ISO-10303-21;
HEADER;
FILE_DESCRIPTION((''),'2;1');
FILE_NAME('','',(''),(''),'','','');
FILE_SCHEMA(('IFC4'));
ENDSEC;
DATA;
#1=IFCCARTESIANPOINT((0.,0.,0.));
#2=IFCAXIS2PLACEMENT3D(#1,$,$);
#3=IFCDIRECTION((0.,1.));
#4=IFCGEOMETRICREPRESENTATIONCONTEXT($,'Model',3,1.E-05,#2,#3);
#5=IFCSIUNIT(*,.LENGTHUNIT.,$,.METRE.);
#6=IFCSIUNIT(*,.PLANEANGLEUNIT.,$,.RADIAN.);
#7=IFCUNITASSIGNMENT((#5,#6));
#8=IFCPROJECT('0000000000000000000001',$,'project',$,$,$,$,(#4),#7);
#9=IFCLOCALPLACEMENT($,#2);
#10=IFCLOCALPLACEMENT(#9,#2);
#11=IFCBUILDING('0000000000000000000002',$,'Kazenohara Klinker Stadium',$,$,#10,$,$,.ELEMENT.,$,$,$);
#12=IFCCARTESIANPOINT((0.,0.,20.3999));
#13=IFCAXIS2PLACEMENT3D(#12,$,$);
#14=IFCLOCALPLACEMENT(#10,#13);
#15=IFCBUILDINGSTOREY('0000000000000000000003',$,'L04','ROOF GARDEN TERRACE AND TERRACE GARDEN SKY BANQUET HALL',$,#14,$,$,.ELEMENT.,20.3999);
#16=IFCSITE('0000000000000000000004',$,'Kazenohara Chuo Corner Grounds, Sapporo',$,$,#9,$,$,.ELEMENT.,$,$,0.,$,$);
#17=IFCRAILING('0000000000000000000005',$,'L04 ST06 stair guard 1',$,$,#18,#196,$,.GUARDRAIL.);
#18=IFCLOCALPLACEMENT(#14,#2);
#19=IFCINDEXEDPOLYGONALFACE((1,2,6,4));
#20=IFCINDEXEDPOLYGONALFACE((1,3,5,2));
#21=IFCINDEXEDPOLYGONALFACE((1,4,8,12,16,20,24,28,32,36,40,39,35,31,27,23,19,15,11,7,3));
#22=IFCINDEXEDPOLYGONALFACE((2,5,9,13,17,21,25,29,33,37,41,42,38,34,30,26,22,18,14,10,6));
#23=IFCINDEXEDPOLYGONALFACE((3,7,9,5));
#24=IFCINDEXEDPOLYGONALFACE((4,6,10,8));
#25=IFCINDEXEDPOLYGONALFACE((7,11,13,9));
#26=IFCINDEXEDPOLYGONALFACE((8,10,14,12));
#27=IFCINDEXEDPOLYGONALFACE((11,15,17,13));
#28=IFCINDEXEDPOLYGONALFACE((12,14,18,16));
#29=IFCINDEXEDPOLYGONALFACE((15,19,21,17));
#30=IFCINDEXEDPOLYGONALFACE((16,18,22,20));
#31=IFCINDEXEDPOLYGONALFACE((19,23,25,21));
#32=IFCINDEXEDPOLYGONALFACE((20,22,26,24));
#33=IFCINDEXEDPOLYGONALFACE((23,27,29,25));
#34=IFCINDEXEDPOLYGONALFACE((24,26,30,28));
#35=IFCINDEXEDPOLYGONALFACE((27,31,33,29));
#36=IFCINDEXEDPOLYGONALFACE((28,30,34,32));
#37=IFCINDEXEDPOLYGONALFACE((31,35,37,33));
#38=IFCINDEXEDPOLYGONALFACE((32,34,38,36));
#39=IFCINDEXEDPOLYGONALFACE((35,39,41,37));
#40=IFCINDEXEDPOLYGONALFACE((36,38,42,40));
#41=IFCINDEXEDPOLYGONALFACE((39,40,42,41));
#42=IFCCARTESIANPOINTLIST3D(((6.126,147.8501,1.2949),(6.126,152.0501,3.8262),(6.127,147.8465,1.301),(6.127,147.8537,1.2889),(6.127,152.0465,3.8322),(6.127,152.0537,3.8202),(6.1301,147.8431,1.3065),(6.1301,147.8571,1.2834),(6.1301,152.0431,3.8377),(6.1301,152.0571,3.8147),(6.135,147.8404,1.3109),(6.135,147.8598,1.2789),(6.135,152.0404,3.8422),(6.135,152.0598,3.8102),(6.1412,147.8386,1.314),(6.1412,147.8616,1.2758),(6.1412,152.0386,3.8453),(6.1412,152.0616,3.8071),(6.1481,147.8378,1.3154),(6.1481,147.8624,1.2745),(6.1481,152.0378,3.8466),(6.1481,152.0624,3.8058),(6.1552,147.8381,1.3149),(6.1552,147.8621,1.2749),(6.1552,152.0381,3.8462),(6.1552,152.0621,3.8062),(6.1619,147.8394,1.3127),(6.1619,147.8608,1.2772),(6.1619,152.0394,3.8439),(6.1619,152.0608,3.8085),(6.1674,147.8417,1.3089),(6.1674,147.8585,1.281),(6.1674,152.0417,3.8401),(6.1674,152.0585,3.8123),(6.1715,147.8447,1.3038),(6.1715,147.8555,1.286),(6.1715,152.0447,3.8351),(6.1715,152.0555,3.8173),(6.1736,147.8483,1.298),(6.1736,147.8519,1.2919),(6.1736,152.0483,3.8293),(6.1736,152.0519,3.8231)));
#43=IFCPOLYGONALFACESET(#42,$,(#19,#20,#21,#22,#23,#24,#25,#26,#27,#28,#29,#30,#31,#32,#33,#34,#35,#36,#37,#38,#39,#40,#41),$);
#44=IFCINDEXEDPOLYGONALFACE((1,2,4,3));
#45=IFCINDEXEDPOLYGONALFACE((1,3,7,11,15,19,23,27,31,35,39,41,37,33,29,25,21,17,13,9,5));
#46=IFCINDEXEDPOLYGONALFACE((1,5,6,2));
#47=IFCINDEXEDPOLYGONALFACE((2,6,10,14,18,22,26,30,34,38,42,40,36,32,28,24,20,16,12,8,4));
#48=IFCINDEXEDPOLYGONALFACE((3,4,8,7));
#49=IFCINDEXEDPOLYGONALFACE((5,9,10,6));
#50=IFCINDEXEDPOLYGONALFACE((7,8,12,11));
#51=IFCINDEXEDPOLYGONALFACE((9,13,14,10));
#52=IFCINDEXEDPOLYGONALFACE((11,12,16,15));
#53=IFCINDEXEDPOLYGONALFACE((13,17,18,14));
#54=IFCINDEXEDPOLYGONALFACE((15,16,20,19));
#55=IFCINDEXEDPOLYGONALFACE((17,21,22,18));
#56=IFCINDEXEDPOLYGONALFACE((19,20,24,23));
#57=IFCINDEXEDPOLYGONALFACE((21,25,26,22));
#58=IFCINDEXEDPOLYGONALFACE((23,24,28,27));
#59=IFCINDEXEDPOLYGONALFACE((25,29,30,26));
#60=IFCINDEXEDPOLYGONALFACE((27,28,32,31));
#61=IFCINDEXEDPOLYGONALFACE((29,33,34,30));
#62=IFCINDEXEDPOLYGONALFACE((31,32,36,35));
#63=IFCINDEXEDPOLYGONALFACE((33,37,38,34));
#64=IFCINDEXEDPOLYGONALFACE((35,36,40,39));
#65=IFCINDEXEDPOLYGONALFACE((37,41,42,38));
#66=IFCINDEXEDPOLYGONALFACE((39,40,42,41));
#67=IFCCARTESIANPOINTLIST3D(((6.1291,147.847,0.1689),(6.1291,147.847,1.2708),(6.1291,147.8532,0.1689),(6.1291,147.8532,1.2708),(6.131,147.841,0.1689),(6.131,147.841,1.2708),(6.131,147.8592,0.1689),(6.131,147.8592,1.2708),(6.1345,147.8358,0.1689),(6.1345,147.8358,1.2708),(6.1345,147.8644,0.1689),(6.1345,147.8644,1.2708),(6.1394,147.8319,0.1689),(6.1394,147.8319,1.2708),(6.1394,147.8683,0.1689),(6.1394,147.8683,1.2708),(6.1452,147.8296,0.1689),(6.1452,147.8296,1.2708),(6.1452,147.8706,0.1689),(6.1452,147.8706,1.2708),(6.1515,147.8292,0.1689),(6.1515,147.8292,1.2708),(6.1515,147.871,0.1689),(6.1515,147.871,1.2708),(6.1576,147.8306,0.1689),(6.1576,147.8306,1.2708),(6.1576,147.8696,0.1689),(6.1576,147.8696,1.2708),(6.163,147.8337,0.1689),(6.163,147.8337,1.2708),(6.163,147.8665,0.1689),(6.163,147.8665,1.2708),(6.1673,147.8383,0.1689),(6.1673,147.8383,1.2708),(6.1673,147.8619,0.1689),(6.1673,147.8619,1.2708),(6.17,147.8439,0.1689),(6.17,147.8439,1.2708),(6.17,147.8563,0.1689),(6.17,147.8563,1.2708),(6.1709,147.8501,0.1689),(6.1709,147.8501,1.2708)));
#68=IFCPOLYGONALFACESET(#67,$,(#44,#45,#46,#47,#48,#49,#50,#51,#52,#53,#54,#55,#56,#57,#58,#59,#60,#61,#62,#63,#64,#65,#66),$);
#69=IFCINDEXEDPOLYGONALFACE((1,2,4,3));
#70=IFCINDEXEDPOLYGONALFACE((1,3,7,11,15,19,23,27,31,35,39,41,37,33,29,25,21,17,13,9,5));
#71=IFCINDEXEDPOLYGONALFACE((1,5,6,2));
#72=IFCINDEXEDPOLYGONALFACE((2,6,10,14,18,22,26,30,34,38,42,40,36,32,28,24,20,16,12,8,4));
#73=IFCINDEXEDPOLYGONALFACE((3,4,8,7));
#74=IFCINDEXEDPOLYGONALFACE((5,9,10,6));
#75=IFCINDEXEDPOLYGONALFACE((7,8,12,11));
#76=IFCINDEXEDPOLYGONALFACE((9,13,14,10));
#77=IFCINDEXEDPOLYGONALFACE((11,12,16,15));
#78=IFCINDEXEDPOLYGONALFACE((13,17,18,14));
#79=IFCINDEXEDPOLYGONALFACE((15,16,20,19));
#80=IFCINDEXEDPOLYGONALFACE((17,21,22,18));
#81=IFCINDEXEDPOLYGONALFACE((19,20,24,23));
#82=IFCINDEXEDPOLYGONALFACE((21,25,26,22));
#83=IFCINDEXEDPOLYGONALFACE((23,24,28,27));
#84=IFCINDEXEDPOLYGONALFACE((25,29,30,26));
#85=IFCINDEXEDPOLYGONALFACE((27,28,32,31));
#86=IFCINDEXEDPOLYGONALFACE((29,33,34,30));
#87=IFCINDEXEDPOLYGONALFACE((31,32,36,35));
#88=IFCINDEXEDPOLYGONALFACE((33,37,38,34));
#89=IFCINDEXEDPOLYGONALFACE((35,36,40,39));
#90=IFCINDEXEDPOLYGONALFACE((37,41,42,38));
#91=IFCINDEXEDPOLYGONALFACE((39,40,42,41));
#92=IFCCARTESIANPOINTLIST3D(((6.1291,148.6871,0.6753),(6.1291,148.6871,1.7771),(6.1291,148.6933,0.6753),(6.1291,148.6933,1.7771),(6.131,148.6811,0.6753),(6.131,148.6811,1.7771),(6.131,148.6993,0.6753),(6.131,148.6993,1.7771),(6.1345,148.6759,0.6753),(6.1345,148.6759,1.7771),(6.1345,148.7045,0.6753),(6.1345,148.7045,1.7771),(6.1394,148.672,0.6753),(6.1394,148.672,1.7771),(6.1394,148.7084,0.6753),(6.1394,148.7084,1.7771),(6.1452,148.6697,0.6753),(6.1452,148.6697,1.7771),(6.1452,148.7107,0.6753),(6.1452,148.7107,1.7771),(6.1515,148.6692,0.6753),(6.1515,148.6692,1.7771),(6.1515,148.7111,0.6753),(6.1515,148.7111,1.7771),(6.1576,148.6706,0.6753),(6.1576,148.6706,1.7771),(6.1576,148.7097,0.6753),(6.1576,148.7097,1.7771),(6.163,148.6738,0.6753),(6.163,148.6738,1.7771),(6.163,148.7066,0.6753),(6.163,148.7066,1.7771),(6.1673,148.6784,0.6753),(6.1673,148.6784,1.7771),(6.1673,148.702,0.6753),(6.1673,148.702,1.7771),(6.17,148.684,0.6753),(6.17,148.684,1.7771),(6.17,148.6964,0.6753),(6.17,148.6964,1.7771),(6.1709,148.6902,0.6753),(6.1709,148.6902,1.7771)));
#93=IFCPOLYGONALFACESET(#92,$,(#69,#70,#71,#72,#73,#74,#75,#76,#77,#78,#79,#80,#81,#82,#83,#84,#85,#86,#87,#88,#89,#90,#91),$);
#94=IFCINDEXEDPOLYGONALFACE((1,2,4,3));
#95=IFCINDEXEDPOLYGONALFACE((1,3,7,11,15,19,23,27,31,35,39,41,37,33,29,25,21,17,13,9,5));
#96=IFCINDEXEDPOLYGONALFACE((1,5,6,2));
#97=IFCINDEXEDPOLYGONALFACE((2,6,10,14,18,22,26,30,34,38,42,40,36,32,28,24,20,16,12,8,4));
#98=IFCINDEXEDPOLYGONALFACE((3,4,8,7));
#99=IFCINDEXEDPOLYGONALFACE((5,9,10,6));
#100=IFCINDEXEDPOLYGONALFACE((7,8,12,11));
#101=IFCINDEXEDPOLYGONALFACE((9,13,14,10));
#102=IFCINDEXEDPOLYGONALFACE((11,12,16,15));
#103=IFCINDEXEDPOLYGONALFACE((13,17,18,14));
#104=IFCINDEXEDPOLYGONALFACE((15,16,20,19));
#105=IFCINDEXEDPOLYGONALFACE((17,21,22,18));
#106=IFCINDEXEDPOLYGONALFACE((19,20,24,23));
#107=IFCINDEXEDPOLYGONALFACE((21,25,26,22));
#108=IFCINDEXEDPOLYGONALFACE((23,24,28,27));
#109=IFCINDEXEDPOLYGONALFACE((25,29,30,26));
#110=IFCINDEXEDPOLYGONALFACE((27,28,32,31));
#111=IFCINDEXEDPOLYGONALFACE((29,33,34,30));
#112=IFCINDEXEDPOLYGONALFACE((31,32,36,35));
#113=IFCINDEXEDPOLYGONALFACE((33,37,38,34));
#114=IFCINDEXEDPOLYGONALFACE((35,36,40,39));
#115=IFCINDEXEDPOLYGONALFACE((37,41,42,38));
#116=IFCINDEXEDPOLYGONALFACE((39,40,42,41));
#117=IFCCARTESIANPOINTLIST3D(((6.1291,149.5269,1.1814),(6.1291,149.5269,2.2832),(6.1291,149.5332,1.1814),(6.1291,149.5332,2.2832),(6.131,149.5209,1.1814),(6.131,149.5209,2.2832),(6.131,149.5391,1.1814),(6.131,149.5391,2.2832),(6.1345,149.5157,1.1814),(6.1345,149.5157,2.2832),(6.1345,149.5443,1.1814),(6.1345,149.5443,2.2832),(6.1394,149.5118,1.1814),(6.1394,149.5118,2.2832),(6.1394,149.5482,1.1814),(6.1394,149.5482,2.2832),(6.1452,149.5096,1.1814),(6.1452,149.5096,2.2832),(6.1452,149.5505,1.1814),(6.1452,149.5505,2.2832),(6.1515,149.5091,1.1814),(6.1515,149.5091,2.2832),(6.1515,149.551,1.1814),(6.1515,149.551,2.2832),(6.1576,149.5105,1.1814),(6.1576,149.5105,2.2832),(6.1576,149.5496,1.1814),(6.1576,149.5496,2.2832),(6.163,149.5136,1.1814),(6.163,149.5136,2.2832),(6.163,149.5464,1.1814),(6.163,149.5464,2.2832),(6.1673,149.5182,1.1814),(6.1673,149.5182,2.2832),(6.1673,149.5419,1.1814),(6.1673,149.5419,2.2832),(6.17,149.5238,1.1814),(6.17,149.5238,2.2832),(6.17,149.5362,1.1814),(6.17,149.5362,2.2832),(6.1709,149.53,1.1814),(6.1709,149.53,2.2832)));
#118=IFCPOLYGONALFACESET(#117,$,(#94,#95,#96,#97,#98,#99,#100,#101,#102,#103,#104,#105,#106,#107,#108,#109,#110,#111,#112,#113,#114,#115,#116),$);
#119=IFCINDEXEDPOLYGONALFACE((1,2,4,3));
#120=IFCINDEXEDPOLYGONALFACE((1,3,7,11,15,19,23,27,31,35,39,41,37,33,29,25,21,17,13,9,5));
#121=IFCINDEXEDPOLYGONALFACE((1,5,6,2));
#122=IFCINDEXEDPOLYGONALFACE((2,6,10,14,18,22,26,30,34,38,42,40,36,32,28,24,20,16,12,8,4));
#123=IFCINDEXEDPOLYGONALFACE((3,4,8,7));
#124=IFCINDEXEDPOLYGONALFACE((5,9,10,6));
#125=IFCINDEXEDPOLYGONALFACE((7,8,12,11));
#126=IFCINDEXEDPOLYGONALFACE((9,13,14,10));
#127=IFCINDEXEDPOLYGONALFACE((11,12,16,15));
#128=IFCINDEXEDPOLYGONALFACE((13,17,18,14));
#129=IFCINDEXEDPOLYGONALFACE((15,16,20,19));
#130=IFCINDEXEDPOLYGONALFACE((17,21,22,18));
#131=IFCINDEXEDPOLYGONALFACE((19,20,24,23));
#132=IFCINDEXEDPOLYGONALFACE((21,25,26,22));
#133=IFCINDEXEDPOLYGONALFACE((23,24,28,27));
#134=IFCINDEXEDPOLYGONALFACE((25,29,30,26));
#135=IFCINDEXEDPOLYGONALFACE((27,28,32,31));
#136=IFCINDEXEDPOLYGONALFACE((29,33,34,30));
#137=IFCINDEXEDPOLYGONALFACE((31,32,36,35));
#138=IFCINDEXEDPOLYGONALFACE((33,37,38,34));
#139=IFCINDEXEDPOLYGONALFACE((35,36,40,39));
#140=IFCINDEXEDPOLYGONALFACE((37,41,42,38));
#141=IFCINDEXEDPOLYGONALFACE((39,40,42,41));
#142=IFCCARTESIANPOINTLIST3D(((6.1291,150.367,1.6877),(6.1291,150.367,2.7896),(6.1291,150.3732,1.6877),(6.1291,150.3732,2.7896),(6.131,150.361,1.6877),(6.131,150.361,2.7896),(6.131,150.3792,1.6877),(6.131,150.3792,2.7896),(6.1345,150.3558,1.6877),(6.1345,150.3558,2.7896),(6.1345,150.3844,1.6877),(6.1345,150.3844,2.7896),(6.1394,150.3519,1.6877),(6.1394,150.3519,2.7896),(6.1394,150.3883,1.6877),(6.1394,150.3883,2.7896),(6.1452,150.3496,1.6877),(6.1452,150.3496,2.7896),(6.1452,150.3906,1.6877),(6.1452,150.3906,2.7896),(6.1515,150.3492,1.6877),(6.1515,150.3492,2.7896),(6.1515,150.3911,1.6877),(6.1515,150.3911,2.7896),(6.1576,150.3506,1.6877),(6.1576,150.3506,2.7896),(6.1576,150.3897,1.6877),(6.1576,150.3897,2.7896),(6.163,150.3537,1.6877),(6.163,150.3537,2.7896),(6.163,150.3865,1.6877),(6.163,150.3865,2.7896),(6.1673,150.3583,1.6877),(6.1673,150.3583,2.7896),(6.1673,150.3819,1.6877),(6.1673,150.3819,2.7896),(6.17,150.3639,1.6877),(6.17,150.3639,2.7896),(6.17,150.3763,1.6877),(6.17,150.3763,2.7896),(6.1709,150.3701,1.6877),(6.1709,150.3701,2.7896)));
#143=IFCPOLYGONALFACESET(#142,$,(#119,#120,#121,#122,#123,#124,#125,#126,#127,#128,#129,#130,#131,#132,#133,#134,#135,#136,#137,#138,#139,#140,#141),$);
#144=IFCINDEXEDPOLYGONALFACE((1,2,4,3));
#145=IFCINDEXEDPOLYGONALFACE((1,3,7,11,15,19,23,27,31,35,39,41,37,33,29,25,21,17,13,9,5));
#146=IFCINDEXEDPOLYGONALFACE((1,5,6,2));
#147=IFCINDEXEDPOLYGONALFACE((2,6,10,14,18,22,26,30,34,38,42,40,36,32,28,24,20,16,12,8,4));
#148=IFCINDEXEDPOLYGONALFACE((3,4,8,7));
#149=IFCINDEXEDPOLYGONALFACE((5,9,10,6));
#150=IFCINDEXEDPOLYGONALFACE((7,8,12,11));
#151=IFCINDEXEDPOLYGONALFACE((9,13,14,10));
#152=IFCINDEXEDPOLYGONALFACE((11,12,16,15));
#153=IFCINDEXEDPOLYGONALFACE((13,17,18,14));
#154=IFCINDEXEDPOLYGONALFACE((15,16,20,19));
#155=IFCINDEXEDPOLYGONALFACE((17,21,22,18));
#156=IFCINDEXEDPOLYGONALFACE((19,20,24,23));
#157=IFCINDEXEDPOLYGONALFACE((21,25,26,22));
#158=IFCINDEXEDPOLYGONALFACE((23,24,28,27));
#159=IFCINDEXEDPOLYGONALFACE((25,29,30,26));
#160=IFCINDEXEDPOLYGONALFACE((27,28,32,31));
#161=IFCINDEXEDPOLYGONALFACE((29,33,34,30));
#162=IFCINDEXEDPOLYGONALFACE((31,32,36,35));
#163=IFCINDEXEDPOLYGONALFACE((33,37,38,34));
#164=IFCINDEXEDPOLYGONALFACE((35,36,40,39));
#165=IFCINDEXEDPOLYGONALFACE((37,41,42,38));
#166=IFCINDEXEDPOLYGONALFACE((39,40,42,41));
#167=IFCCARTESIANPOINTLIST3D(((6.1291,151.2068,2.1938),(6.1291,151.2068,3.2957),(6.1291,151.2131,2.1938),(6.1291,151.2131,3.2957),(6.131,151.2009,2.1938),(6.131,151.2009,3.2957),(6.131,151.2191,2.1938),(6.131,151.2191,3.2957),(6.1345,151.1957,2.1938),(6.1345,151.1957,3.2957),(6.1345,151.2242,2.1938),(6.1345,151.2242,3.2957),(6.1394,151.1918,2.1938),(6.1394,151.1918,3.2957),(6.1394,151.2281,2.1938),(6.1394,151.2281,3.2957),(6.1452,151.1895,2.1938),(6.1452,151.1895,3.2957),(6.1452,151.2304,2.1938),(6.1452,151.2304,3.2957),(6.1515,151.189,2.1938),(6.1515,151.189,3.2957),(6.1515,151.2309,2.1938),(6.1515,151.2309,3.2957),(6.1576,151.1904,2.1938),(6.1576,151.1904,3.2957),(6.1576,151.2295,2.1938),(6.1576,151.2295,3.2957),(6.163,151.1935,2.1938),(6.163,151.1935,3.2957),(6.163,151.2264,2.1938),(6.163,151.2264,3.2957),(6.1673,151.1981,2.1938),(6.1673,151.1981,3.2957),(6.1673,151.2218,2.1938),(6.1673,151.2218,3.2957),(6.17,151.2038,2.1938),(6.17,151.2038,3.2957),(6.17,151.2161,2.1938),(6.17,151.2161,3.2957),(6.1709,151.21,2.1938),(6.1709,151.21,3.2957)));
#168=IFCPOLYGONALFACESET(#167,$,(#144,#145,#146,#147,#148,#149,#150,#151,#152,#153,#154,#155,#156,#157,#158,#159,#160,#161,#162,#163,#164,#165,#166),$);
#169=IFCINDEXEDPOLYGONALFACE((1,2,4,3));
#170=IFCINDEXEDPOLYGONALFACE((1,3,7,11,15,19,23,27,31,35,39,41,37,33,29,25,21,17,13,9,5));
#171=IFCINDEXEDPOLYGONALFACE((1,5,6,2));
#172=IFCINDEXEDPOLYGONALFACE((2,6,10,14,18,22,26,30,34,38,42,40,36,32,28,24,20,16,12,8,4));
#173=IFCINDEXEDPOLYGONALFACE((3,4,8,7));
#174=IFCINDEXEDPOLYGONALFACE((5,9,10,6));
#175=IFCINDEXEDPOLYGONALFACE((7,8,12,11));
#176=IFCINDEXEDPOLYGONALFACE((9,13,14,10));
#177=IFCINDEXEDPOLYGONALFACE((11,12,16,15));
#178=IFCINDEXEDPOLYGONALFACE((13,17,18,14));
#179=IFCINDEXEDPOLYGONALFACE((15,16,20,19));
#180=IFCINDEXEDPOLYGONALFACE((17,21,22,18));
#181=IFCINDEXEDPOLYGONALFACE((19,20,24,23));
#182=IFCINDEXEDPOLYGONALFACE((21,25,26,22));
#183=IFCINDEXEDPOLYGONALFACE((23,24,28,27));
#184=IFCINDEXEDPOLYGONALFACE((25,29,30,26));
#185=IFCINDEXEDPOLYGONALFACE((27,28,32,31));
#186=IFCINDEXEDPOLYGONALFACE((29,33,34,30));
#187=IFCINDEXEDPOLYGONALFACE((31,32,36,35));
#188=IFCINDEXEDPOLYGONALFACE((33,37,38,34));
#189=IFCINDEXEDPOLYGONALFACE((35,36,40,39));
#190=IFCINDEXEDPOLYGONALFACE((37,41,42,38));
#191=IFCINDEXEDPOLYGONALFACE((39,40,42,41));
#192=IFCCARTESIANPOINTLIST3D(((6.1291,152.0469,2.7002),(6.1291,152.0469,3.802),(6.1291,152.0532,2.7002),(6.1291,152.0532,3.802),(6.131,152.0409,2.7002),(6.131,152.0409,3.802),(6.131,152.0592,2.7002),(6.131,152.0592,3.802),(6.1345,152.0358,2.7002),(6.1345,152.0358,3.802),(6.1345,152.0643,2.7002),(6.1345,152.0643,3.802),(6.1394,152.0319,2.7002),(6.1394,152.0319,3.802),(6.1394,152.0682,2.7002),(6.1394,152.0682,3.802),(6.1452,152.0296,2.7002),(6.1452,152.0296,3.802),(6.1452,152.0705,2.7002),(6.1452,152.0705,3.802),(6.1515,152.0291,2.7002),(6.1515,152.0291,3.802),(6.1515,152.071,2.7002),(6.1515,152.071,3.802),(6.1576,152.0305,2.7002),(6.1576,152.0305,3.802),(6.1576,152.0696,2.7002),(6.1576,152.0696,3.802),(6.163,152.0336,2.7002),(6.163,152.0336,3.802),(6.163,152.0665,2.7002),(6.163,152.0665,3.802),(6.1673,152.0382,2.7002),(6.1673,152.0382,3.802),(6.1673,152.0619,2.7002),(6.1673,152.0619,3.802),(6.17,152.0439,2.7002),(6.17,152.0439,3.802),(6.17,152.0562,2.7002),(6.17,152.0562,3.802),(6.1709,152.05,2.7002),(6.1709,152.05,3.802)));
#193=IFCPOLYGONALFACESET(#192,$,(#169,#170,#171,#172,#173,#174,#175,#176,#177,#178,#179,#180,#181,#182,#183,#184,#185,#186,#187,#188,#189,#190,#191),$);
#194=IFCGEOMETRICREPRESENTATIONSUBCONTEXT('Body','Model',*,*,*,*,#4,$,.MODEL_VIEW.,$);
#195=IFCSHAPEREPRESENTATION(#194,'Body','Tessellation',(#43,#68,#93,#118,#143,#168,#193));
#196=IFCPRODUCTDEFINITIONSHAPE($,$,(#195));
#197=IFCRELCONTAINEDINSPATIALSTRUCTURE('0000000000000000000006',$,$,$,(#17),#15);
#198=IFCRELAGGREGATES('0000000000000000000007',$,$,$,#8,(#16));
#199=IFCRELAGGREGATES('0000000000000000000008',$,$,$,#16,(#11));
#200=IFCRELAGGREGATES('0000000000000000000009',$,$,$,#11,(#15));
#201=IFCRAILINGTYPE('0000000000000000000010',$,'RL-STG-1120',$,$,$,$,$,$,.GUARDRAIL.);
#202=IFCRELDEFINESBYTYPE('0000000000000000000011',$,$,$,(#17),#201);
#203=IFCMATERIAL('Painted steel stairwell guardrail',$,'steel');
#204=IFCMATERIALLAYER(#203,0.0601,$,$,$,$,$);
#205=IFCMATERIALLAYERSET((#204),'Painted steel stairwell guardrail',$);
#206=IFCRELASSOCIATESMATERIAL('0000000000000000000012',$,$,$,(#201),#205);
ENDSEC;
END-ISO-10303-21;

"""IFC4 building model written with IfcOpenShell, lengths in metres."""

from ifc_helpers import new_model, si_unit, direction, frame, origin, origin_2d, place, context, subcontext, project, spatial, circle, extrude, material, layer, layer_set, type_object, element, save


model = new_model("IFC4")

# Units and contexts
model_context = context("Model", 3, precision=1e-05, world=origin(), true_north=direction((0.0, 1.0)))
body_context = subcontext(model_context, "Body", "Model", "MODEL_VIEW")
ifc_project = project(units=[si_unit("LENGTHUNIT", "METRE"), si_unit("PLANEANGLEUNIT", "RADIAN")], contexts=[model_context])

# Site, building, storey
site_placement = place(None, origin())
site = spatial("IfcSite", under=ifc_project, at=site_placement, Name="Kazenohara Chuo Corner Grounds, Sapporo", CompositionType="ELEMENT", RefElevation=0.0)
building_placement = place(site_placement, origin())
building = spatial("IfcBuilding", under=site, at=building_placement, Name="Kazenohara Klinker Stadium", CompositionType="ELEMENT")
storey_placement = place(building_placement, frame((0.0, 0.0, 20.3999)))
storey = spatial("IfcBuildingStorey", under=building, at=storey_placement, Name="L04", Description="ROOF GARDEN TERRACE AND TERRACE GARDEN SKY BANQUET HALL", CompositionType="ELEMENT", Elevation=20.3999)

# Railing
ifc_material_1 = material(Name="Painted steel stairwell guardrail", Category="steel")
ifc_layer_1 = layer(ifc_material_1, 0.0601)
ifc_layer_set_1 = layer_set([ifc_layer_1], Name="Painted steel stairwell guardrail")
railing_type_1 = type_object("IfcRailingType", Name="RL-STG-1120", PredefinedType="GUARDRAIL", material=ifc_layer_set_1)
railing_1_placement = place(storey_placement, frame((6.1499, 147.8501, 0.1689)))
element("IfcRailing", 1, at=railing_1_placement, inside=storey, type_object=railing_type_1, Name="L04 ST06 stair guard 1", PredefinedType="GUARDRAIL", context=body_context, shape_type="SweptSolid", body=[
    extrude(circle(Radius=0.0239, at=origin_2d()), frame((0.0, 0.0, 1.126), z_axis=(0.0, 0.856476, 0.516186), x_axis=(-1.0, 0.0, 0.0)), (0.0, 0.0, 1.0), 4.9038),
    extrude(circle(Radius=0.021, at=origin_2d()), origin(), (0.0, 0.0, 1.0), 1.1018),
    extrude(circle(Radius=0.021, at=origin_2d()), frame((0.0, 0.8401, 0.5063)), (0.0, 0.0, 1.0), 1.1018),
    extrude(circle(Radius=0.021, at=origin_2d()), frame((0.0, 1.6799, 1.0125)), (0.0, 0.0, 1.0), 1.1018),
    extrude(circle(Radius=0.021, at=origin_2d()), frame((0.0, 2.52, 1.5188)), (0.0, 0.0, 1.0), 1.1018),
    extrude(circle(Radius=0.021, at=origin_2d()), frame((0.0, 3.3599, 2.0249)), (0.0, 0.0, 1.0), 1.1018),
    extrude(circle(Radius=0.021, at=origin_2d()), frame((0.0, 4.2, 2.5312)), (0.0, 0.0, 1.0), 1.1018),
])

save(model, "model.ifc")
